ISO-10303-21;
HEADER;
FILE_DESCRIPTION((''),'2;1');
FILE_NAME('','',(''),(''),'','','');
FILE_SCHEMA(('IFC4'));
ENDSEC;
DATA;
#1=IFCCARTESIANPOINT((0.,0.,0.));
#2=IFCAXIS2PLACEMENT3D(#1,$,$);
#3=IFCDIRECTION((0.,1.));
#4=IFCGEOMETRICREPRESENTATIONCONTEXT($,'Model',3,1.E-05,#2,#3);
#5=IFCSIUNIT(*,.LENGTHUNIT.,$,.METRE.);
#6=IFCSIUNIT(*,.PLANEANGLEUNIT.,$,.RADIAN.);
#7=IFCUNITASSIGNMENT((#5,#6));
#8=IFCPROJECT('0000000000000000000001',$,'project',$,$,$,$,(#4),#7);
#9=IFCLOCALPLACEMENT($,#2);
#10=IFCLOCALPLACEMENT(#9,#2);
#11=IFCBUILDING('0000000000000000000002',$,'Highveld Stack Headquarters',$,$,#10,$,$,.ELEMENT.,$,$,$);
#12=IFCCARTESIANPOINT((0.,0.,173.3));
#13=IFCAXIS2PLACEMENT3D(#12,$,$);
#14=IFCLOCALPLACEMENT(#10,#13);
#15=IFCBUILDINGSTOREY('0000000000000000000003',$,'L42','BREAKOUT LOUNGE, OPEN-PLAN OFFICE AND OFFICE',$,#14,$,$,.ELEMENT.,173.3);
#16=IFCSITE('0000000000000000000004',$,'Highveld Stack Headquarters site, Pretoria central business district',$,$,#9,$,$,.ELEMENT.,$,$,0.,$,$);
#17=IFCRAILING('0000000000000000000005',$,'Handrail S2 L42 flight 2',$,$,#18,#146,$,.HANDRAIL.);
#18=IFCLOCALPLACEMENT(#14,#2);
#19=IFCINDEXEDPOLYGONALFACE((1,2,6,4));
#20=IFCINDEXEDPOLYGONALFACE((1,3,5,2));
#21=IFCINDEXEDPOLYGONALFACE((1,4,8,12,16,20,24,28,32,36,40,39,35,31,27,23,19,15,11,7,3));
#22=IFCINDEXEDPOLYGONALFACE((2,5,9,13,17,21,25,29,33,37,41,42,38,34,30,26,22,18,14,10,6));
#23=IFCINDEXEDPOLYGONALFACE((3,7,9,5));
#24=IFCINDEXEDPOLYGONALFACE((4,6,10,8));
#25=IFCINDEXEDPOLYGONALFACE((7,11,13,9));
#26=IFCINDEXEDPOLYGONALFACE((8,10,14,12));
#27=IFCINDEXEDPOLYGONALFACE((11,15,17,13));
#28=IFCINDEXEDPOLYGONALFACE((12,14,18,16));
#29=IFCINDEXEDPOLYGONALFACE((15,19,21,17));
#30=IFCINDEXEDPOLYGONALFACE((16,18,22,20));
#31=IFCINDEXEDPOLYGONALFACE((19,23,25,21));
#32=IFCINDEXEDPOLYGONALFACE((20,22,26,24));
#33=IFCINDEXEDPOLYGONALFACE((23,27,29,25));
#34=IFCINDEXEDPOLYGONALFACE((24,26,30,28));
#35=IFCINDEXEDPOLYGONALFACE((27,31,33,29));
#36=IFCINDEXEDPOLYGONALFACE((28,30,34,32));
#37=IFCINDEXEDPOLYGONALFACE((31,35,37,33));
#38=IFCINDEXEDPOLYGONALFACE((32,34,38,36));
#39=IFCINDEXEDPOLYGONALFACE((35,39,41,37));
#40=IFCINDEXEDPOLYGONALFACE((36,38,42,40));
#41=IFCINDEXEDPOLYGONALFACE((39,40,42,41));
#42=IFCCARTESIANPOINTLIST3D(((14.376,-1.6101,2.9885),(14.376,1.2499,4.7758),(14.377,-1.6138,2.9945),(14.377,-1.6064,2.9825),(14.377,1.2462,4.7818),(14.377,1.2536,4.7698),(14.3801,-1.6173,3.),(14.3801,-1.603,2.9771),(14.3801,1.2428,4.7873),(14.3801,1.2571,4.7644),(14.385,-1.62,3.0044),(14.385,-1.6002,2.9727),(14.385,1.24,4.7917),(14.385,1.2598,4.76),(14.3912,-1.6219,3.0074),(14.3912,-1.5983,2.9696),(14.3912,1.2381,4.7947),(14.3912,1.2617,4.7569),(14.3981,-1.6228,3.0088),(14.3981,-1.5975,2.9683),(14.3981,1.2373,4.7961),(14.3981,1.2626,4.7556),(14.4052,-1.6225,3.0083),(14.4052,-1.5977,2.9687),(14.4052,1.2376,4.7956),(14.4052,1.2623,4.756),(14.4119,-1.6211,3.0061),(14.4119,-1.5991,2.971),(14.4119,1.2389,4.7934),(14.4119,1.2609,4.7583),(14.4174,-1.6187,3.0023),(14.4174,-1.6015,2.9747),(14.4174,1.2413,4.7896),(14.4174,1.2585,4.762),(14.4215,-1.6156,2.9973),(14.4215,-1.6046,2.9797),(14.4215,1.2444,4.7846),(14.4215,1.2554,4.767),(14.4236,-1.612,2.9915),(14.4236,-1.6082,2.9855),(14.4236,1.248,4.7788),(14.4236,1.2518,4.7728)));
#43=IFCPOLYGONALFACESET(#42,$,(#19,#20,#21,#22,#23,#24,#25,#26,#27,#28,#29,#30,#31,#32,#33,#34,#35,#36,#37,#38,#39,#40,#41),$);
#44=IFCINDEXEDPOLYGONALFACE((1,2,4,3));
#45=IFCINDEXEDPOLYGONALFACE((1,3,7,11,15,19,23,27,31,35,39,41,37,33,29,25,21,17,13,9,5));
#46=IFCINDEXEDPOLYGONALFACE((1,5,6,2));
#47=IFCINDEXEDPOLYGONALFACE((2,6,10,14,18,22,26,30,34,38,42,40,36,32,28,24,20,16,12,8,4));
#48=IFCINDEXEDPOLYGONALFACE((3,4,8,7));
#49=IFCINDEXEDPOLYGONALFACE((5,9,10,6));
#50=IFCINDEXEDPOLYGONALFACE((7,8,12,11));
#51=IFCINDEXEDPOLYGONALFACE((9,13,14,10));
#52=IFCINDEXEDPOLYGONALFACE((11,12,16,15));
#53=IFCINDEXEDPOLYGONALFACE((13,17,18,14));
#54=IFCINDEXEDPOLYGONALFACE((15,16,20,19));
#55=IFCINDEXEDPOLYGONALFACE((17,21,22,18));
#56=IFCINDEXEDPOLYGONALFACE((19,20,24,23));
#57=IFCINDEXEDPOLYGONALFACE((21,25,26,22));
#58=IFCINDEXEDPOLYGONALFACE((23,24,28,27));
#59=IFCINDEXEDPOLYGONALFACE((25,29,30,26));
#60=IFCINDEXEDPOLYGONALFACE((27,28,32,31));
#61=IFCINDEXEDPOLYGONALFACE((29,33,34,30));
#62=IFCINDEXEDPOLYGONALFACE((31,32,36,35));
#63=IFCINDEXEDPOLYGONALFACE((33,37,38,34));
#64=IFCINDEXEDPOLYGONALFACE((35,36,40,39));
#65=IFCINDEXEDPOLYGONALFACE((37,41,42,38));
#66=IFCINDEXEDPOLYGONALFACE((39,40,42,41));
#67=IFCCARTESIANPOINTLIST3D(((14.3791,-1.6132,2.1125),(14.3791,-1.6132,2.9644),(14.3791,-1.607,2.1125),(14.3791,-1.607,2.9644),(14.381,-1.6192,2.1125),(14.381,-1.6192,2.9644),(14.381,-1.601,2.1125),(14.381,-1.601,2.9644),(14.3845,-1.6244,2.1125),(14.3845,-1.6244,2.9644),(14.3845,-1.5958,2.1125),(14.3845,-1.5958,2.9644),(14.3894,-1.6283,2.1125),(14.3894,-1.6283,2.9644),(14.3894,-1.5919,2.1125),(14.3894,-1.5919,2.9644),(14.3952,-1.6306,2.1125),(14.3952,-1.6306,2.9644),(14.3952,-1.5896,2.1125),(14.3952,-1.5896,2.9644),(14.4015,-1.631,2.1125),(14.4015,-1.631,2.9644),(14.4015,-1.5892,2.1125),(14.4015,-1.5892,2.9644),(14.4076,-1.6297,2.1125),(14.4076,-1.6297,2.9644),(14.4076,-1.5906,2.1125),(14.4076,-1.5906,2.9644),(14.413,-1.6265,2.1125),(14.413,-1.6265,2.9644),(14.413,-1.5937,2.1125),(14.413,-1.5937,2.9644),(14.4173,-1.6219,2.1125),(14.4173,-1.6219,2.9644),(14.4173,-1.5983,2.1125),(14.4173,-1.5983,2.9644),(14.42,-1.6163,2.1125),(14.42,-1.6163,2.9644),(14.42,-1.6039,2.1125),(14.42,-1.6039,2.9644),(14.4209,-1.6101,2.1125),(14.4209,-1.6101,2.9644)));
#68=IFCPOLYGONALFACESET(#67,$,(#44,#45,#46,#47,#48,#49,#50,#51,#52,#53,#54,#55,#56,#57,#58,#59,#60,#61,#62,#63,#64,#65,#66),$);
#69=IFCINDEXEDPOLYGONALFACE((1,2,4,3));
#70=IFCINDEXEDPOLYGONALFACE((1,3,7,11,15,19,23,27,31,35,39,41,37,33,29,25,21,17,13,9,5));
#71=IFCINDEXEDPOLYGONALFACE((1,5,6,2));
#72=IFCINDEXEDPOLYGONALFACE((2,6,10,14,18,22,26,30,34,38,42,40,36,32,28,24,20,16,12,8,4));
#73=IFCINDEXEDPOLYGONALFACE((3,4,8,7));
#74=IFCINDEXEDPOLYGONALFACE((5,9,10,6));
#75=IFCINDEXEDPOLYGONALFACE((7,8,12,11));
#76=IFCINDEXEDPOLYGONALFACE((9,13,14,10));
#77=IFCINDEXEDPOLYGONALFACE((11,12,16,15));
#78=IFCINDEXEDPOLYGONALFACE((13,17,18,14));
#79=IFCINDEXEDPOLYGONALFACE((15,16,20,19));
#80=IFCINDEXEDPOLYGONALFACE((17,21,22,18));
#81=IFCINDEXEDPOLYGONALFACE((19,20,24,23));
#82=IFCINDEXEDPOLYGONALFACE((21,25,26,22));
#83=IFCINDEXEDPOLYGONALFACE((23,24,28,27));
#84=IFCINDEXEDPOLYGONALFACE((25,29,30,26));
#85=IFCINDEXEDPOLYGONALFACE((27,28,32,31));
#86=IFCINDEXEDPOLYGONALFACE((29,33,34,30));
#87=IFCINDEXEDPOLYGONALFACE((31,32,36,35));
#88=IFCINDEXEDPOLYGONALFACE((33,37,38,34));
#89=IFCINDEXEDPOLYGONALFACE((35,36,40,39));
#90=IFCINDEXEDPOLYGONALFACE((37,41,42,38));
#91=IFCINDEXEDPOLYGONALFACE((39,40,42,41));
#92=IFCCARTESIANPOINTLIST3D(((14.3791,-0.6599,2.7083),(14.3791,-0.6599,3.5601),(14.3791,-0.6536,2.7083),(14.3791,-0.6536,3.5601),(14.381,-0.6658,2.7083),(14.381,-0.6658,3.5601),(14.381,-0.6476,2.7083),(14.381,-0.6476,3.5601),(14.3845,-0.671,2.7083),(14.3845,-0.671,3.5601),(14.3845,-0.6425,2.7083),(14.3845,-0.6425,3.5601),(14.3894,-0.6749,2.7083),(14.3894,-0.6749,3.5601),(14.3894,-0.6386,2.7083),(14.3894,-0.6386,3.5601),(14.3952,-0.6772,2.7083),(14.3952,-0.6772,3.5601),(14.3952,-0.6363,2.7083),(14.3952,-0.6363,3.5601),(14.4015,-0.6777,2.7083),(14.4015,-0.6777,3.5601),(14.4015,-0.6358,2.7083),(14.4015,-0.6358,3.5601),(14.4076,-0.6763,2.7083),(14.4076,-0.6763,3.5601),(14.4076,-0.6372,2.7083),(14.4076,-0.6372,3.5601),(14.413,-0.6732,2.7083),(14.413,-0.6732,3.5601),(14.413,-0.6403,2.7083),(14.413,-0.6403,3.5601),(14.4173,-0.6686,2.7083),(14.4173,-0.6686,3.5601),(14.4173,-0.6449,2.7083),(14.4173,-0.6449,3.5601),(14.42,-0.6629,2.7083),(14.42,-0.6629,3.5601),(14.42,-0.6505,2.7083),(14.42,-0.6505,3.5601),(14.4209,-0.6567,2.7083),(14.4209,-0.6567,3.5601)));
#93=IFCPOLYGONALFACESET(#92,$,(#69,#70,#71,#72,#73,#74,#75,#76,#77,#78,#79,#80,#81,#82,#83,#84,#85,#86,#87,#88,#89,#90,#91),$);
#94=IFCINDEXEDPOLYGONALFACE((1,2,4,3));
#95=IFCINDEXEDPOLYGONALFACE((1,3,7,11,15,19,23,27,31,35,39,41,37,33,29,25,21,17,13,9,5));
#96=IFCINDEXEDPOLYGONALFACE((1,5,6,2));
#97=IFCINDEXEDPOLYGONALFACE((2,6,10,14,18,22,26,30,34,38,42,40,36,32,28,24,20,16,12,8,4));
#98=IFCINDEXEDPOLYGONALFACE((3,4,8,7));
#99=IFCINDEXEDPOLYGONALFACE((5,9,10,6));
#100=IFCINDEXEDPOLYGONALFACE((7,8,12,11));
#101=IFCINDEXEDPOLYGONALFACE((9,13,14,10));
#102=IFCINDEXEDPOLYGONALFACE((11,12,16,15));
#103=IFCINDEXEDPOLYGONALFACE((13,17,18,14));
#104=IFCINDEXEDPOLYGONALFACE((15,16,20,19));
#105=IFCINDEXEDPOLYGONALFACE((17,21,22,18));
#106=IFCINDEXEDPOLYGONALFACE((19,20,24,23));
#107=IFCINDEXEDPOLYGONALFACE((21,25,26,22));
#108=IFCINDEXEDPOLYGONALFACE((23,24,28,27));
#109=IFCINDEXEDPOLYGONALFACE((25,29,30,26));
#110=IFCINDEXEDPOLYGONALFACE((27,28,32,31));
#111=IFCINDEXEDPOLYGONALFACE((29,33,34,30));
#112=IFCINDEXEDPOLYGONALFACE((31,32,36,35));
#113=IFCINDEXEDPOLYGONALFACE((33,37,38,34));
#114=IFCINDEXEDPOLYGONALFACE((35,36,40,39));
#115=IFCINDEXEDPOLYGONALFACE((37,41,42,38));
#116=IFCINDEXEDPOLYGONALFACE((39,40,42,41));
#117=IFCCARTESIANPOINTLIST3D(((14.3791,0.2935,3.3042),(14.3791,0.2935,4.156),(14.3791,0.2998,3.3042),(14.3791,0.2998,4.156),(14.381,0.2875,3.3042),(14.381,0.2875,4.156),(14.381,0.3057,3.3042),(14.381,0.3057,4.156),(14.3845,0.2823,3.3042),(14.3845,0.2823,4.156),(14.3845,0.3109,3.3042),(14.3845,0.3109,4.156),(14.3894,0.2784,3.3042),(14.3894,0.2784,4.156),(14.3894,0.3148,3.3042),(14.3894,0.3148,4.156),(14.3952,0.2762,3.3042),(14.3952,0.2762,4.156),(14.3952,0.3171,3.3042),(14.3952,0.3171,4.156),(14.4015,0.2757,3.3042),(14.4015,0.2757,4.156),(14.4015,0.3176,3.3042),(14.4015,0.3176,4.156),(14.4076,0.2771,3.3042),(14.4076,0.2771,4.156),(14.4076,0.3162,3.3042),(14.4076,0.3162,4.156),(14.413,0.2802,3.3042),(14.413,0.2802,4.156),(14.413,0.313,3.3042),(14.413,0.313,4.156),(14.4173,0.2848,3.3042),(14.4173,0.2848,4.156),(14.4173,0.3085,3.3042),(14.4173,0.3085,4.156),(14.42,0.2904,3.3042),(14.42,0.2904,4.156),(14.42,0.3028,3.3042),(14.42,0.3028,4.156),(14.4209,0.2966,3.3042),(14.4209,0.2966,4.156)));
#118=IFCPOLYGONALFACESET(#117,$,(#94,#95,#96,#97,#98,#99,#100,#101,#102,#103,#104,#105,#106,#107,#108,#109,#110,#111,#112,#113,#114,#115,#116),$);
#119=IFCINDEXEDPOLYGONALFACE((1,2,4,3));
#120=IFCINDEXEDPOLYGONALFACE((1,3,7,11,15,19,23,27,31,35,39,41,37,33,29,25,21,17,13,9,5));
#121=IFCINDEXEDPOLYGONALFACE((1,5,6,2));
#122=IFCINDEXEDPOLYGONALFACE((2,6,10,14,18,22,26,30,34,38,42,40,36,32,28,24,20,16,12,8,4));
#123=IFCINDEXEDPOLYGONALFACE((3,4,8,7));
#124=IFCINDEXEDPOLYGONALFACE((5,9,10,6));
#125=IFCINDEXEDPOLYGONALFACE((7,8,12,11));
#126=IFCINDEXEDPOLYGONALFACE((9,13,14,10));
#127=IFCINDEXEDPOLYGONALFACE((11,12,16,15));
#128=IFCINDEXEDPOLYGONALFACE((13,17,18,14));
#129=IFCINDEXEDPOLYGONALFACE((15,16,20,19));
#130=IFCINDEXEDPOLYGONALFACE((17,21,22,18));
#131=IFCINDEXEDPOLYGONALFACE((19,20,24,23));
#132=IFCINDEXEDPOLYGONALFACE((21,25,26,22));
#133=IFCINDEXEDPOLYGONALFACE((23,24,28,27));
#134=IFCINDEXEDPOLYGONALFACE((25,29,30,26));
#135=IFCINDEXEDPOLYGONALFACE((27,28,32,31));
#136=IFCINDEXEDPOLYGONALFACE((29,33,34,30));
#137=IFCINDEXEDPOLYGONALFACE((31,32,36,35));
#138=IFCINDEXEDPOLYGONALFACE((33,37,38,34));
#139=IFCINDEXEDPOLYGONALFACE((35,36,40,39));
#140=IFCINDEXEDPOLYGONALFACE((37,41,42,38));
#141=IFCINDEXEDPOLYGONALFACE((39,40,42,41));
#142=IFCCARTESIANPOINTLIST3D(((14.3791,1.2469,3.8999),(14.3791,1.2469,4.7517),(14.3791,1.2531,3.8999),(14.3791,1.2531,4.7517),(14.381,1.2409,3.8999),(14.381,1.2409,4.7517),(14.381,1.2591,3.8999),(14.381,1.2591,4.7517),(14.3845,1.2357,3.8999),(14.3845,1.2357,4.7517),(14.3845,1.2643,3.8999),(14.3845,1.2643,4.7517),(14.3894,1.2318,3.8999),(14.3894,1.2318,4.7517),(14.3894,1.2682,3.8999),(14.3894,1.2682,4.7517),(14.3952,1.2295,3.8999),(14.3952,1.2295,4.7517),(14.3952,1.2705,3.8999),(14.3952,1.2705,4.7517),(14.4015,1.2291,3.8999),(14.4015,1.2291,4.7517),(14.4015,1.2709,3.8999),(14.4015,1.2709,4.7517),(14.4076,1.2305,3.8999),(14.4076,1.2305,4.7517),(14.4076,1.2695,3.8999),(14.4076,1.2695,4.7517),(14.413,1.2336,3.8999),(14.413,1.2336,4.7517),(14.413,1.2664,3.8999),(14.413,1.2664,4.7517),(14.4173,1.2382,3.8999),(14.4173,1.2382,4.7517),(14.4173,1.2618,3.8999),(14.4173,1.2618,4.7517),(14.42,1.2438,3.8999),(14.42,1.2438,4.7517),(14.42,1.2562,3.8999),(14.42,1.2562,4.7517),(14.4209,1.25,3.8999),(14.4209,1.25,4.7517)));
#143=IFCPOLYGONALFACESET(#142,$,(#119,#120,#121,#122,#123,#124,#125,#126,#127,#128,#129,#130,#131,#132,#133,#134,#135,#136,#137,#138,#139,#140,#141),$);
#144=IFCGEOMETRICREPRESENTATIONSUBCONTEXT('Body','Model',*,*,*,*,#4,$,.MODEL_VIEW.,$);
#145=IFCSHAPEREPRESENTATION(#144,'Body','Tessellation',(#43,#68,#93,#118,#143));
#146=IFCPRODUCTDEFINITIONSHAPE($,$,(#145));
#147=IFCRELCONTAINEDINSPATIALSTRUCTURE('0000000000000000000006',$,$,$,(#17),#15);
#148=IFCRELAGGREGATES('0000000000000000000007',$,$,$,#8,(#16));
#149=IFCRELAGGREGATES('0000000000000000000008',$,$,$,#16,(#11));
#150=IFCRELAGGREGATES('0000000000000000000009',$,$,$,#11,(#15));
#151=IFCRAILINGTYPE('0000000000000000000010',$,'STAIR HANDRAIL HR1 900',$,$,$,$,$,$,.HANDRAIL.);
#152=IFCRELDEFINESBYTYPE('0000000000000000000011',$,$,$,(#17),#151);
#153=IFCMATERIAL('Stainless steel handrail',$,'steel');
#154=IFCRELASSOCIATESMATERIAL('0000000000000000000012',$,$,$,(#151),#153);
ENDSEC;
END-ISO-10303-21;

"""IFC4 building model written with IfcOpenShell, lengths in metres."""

from ifc_helpers import new_model, si_unit, direction, frame, origin, origin_2d, place, context, subcontext, project, spatial, circle, extrude, material, type_object, element, save


model = new_model("IFC4")

# Units and contexts
model_context = context("Model", 3, precision=1e-05, world=origin(), true_north=direction((0.0, 1.0)))
body_context = subcontext(model_context, "Body", "Model", "MODEL_VIEW")
ifc_project = project(units=[si_unit("LENGTHUNIT", "METRE"), si_unit("PLANEANGLEUNIT", "RADIAN")], contexts=[model_context])

# Site, building, storey
site_placement = place(None, origin())
site = spatial("IfcSite", under=ifc_project, at=site_placement, Name="Highveld Stack Headquarters site, Pretoria central business district", CompositionType="ELEMENT", RefElevation=0.0)
building_placement = place(site_placement, origin())
building = spatial("IfcBuilding", under=site, at=building_placement, Name="Highveld Stack Headquarters", CompositionType="ELEMENT")
storey_placement = place(building_placement, frame((0.0, 0.0, 173.3)))
storey = spatial("IfcBuildingStorey", under=building, at=storey_placement, Name="L42", Description="BREAKOUT LOUNGE, OPEN-PLAN OFFICE AND OFFICE", CompositionType="ELEMENT", Elevation=173.3)

# Railing
ifc_material_1 = material(Name="Stainless steel handrail", Category="steel")
railing_type = type_object("IfcRailingType", Name="STAIR HANDRAIL HR1 900", PredefinedType="HANDRAIL", material=ifc_material_1)
for number, where, name in (
    (1, (14.3999, -1.6101, 2.1125), "Handrail S2 L42 flight 2"),
):
    element("IfcRailing", number, at=place(storey_placement, frame(where)), inside=storey, type_object=railing_type, Name=name, PredefinedType="HANDRAIL", context=body_context, shape_type="SweptSolid", body=[
        extrude(circle(Radius=0.0239, at=origin_2d()), frame((0.0, 0.0, 0.876), z_axis=(0.0, 0.848027, 0.529953), x_axis=(-1.0, 0.0, 0.0)), (0.0, 0.0, 1.0), 3.3726),
        extrude(circle(Radius=0.021, at=origin_2d()), origin(), (0.0, 0.0, 1.0), 0.8518),
        extrude(circle(Radius=0.021, at=origin_2d()), frame((0.0, 0.9534, 0.5957)), (0.0, 0.0, 1.0), 0.8518),
        extrude(circle(Radius=0.021, at=origin_2d()), frame((0.0, 1.9067, 1.1917)), (0.0, 0.0, 1.0), 0.8518),
        extrude(circle(Radius=0.021, at=origin_2d()), frame((0.0, 2.8601, 1.7874)), (0.0, 0.0, 1.0), 0.8518),
    ])

save(model, "model.ifc")
